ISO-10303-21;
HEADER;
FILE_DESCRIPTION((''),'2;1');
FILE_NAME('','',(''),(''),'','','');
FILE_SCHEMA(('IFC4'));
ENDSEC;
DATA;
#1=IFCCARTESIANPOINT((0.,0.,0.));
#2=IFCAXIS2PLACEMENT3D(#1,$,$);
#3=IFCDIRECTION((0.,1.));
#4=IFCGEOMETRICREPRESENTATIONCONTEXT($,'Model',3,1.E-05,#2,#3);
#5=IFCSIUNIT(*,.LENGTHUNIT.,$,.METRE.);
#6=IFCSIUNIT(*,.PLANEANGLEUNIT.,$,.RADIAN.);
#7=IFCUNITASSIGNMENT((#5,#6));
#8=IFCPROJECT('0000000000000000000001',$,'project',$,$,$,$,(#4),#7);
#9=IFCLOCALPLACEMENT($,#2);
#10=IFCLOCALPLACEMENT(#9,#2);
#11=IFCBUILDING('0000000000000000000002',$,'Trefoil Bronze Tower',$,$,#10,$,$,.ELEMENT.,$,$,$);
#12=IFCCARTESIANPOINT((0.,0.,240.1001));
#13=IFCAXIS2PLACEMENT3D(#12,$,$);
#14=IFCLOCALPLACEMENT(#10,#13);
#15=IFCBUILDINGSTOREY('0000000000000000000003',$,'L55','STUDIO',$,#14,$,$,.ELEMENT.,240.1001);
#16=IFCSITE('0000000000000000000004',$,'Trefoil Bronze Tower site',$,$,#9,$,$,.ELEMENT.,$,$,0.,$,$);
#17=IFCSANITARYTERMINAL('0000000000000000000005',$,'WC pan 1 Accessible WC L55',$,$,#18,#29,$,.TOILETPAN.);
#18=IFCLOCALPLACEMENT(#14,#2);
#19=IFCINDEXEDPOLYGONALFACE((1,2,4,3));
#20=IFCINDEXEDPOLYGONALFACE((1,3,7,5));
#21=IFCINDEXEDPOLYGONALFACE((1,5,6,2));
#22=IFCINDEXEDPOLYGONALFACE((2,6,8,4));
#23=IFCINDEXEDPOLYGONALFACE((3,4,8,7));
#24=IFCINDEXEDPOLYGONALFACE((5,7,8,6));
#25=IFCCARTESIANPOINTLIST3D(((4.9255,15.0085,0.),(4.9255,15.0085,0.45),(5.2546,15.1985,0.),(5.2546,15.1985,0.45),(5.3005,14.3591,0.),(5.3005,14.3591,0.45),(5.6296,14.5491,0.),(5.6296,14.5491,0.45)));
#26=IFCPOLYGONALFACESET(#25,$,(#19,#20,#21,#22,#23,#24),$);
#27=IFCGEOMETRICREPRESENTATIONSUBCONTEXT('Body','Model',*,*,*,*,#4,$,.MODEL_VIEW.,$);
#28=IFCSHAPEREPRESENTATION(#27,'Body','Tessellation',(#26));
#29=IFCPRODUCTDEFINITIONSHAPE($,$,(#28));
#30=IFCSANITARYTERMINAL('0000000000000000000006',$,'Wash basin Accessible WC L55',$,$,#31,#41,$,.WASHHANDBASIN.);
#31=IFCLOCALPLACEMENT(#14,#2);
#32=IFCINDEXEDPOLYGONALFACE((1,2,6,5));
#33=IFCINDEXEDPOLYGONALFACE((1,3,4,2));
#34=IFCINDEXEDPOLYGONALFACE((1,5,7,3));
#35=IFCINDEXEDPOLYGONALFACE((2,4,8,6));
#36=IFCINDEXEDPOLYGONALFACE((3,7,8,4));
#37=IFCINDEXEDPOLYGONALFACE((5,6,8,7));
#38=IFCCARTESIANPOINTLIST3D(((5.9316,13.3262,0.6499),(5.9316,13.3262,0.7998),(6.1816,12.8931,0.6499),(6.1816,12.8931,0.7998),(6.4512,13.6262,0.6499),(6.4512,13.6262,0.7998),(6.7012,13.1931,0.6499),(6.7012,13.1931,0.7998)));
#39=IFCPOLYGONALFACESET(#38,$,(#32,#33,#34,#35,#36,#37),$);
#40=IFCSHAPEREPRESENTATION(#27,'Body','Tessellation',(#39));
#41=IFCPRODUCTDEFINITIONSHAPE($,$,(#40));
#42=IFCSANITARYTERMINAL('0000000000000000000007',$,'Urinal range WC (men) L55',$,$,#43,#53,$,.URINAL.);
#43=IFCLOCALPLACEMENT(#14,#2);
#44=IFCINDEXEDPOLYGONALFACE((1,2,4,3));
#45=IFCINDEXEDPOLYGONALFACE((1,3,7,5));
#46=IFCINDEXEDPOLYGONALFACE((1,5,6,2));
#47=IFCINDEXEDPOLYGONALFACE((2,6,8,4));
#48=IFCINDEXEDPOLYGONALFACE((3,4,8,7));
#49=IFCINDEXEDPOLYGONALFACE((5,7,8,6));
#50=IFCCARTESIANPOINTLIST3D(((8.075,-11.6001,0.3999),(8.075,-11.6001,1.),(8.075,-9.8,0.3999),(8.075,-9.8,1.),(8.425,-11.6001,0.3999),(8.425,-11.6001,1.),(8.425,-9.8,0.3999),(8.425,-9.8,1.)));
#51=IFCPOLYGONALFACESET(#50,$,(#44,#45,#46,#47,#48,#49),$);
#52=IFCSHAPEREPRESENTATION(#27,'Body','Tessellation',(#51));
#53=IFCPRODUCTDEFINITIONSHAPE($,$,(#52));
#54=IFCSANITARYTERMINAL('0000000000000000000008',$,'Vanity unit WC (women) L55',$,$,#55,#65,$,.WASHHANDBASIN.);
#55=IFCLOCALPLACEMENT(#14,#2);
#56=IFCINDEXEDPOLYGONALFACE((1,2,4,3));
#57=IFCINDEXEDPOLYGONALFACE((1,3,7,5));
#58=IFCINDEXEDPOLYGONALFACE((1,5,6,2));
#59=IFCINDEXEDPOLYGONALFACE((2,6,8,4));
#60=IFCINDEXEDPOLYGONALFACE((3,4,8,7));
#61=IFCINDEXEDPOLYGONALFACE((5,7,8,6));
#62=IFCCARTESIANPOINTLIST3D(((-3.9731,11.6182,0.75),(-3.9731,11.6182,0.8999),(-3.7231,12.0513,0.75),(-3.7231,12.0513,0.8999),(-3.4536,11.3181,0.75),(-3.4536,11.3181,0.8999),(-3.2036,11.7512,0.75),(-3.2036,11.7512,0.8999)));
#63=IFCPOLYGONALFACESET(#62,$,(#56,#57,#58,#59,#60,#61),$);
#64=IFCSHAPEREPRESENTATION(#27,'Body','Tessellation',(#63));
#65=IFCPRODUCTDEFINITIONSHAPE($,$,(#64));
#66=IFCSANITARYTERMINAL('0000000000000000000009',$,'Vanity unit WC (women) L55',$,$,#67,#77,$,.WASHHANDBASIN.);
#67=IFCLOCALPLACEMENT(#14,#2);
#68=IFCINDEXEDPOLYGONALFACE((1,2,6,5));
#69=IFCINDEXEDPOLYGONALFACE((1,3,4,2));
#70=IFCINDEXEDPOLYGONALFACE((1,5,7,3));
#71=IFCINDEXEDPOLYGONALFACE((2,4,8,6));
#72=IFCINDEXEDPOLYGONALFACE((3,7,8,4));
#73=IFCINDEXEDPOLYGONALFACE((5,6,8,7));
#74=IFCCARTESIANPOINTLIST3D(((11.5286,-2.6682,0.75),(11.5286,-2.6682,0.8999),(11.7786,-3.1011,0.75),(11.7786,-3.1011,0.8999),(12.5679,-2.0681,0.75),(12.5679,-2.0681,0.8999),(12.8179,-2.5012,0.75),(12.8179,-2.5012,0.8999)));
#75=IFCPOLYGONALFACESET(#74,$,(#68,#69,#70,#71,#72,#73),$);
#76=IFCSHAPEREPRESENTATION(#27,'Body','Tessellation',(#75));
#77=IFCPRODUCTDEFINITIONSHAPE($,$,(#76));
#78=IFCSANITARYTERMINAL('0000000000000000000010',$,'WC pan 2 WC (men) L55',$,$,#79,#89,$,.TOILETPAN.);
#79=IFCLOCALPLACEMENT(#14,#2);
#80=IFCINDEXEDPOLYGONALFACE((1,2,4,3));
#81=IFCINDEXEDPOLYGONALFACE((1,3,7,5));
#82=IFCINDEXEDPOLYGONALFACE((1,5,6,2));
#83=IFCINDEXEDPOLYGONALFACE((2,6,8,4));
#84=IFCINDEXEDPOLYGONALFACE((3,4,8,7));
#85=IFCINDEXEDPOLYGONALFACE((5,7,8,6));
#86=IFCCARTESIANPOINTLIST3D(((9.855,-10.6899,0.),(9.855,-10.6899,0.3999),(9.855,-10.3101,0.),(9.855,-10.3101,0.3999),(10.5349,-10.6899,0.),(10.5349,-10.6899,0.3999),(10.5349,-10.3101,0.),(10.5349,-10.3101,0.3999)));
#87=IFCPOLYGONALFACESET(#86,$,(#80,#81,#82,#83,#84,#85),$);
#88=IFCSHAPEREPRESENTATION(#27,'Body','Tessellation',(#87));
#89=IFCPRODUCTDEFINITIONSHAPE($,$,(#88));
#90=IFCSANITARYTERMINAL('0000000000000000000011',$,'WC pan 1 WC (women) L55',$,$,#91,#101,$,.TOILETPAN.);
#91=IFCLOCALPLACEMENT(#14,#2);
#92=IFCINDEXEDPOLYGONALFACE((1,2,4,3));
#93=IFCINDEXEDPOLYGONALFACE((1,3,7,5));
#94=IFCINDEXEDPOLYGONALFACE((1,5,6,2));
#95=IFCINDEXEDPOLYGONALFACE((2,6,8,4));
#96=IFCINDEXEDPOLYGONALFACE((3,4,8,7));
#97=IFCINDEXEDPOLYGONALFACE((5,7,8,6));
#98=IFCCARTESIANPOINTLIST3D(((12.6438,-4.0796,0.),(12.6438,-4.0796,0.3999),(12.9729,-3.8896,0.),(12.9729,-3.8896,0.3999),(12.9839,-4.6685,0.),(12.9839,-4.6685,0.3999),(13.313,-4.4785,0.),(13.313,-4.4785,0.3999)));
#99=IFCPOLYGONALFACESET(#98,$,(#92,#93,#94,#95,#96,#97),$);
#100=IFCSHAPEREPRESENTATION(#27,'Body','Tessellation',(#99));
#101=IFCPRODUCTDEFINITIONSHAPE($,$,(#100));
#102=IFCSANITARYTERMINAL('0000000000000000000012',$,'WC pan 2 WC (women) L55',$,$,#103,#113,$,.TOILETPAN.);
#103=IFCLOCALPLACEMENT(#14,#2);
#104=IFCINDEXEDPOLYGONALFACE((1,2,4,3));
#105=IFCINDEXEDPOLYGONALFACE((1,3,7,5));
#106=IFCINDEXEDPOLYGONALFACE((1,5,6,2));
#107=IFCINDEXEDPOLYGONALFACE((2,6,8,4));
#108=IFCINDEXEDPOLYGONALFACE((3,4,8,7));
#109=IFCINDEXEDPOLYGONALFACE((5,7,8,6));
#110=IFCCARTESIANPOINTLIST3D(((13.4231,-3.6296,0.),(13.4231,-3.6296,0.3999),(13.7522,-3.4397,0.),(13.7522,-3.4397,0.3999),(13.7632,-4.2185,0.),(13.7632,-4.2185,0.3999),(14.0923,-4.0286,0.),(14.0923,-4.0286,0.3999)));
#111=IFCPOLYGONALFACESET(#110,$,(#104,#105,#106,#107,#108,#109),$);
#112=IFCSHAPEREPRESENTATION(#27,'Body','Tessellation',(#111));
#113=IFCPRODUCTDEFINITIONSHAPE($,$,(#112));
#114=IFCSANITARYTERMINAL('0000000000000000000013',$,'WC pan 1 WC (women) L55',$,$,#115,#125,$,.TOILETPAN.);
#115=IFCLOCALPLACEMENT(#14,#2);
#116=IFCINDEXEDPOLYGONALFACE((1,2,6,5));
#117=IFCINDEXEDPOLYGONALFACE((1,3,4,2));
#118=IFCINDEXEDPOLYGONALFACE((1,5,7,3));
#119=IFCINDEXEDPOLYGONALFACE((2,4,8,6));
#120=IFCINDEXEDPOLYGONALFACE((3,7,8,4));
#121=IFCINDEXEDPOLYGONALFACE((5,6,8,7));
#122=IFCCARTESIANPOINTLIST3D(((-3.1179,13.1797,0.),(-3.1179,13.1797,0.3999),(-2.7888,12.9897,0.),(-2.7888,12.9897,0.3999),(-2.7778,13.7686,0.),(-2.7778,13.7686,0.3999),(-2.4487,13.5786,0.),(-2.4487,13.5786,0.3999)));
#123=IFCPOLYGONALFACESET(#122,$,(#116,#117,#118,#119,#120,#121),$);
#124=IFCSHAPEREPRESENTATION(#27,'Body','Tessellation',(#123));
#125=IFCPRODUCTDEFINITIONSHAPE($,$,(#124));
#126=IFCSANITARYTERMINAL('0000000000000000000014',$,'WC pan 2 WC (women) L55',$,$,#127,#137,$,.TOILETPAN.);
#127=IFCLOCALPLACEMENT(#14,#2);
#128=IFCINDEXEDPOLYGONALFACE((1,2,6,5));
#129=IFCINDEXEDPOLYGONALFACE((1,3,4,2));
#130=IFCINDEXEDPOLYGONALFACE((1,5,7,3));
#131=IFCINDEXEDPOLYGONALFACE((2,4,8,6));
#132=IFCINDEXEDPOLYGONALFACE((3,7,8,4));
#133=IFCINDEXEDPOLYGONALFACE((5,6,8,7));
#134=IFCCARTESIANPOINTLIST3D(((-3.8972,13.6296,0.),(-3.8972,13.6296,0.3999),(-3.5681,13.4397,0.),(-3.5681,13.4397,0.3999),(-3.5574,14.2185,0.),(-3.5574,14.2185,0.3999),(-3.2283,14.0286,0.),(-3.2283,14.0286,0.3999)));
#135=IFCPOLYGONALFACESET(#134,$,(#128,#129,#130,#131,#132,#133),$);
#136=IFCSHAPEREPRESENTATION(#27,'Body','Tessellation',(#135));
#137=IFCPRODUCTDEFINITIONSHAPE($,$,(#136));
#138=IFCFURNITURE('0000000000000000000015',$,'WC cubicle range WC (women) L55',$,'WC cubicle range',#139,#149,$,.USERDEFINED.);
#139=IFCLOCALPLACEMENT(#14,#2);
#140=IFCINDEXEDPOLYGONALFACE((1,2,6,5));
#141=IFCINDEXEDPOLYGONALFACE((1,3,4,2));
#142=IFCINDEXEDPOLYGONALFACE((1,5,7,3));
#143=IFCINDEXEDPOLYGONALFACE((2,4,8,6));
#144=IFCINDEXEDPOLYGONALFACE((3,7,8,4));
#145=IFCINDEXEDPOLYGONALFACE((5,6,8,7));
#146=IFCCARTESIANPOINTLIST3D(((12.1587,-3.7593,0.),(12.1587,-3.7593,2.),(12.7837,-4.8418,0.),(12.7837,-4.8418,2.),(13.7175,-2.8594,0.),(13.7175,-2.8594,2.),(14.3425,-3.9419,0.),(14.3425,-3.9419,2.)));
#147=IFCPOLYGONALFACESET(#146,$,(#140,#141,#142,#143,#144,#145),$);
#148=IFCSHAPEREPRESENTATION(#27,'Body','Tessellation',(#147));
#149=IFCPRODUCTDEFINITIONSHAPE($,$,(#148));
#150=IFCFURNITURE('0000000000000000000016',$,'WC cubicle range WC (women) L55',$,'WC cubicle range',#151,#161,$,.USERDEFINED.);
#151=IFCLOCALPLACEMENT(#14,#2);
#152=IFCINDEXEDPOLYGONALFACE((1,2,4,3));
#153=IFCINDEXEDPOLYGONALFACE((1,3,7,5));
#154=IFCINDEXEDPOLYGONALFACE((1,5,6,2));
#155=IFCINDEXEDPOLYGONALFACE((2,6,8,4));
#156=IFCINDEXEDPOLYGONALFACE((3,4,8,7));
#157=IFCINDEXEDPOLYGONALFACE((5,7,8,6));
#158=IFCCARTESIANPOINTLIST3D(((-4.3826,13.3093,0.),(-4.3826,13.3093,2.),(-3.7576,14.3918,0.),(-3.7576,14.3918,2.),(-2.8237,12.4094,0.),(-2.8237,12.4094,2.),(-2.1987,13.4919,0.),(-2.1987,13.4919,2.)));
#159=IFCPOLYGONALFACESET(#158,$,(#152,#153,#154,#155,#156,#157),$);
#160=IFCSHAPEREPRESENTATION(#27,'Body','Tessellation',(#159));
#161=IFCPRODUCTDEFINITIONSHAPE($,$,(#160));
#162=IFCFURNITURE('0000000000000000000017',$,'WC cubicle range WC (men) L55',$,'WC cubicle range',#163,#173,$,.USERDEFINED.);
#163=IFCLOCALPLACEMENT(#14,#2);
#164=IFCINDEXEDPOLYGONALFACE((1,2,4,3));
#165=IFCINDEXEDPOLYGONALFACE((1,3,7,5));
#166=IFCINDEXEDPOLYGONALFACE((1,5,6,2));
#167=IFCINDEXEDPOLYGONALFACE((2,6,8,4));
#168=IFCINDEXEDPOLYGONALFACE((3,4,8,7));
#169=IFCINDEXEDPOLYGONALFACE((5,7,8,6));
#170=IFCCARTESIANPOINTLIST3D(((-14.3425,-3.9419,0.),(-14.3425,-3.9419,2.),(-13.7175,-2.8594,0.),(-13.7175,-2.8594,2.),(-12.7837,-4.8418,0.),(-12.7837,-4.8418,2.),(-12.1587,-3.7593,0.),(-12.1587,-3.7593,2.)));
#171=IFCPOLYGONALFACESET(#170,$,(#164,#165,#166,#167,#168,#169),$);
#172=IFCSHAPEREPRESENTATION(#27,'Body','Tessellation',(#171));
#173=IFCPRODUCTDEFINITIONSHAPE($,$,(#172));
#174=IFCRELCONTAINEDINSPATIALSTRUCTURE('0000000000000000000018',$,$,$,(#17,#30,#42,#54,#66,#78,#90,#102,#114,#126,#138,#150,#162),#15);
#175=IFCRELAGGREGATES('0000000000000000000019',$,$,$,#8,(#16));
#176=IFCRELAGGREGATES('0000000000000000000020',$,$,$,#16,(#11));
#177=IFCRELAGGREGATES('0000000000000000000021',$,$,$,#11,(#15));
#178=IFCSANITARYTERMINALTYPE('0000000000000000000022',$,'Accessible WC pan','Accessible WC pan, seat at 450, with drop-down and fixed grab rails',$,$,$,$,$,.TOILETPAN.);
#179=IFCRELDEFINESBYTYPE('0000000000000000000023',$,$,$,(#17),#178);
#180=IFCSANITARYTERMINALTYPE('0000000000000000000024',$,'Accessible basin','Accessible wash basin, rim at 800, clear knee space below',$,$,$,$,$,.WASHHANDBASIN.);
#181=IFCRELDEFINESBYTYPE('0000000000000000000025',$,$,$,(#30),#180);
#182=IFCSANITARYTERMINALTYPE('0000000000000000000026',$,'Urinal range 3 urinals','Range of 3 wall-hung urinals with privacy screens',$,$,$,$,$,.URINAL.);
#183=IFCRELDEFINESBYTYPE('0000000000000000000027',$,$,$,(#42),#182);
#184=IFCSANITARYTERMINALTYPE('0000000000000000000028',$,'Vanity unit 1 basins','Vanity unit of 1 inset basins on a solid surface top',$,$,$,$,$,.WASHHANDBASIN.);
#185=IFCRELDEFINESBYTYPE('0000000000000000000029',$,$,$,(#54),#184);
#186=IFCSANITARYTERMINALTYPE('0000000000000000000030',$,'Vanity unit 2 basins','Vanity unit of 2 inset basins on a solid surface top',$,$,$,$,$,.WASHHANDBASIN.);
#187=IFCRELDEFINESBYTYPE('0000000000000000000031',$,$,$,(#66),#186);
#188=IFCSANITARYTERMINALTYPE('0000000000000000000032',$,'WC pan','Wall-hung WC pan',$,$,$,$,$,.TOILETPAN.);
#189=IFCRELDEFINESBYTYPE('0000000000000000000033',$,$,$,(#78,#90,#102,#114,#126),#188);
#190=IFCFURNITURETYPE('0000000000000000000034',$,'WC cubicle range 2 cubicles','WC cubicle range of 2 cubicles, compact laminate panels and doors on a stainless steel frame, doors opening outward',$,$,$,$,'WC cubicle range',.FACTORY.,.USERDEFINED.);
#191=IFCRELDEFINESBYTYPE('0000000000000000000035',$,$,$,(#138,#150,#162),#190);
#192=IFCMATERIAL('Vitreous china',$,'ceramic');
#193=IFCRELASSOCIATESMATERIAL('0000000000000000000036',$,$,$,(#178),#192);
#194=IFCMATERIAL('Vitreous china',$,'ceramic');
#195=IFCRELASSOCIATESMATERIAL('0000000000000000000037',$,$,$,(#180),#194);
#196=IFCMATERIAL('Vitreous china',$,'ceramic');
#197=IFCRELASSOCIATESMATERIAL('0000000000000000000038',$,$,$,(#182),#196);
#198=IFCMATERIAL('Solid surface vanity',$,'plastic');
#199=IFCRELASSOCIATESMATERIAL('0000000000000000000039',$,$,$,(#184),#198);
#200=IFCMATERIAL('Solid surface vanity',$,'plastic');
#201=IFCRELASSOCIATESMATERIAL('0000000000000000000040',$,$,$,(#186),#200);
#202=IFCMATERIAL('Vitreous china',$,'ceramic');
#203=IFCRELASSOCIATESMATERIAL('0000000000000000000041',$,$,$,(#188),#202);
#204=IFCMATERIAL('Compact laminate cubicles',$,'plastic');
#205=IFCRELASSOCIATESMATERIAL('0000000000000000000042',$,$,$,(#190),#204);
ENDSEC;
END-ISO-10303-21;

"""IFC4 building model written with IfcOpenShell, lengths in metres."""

from ifc_helpers import new_model, si_unit, direction, frame, origin, place, context, subcontext, project, spatial, polyline, outline, extrude, material, type_object, element, save


model = new_model("IFC4")

# Units and contexts
model_context = context("Model", 3, precision=1e-05, world=origin(), true_north=direction((0.0, 1.0)))
body_context = subcontext(model_context, "Body", "Model", "MODEL_VIEW")
ifc_project = project(units=[si_unit("LENGTHUNIT", "METRE"), si_unit("PLANEANGLEUNIT", "RADIAN")], contexts=[model_context])

# Site, building, storey
site_placement = place(None, origin())
site = spatial("IfcSite", under=ifc_project, at=site_placement, Name="Trefoil Bronze Tower site", CompositionType="ELEMENT", RefElevation=0.0)
building_placement = place(site_placement, origin())
building = spatial("IfcBuilding", under=site, at=building_placement, Name="Trefoil Bronze Tower", CompositionType="ELEMENT")
storey_placement = place(building_placement, frame((0.0, 0.0, 240.1001)))
storey = spatial("IfcBuildingStorey", under=building, at=storey_placement, Name="L55", Description="STUDIO", CompositionType="ELEMENT", Elevation=240.1001)

# Sanitary terminals
ifc_material_1 = material(Name="Vitreous china", Category="ceramic")
sanitary_terminal_type_1 = type_object("IfcSanitaryTerminalType", Name="Accessible WC pan", Description="Accessible WC pan, seat at 450, with drop-down and fixed grab rails", PredefinedType="TOILETPAN", material=ifc_material_1)
sanitary_terminal_1_placement = place(storey_placement, origin())
element("IfcSanitaryTerminal", 1, at=sanitary_terminal_1_placement, inside=storey, type_object=sanitary_terminal_type_1, Name="WC pan 1 Accessible WC L55", PredefinedType="TOILETPAN", context=body_context, shape_type="SweptSolid", body=[
    extrude(outline(polyline([(5.3005, 14.3591), (4.9255, 15.0085), (5.2546, 15.1985), (5.6296, 14.5491), (5.3005, 14.3591)])), origin(), (0.0, 0.0, 1.0), 0.45),
])
ifc_material_2 = material(Name="Vitreous china", Category="ceramic")
sanitary_terminal_type_2 = type_object("IfcSanitaryTerminalType", Name="Accessible basin", Description="Accessible wash basin, rim at 800, clear knee space below", PredefinedType="WASHHANDBASIN", material=ifc_material_2)
sanitary_terminal_2_placement = place(storey_placement, frame((0.0, 0.0, 0.6499)))
element("IfcSanitaryTerminal", 2, at=sanitary_terminal_2_placement, inside=storey, type_object=sanitary_terminal_type_2, Name="Wash basin Accessible WC L55", PredefinedType="WASHHANDBASIN", context=body_context, shape_type="SweptSolid", body=[
    extrude(outline(polyline([(6.1816, 12.8931), (5.9316, 13.3262), (6.4512, 13.6262), (6.7012, 13.1931), (6.1816, 12.8931)])), origin(), (0.0, 0.0, 1.0), 0.1499),
])
ifc_material_3 = material(Name="Vitreous china", Category="ceramic")
sanitary_terminal_type_3 = type_object("IfcSanitaryTerminalType", Name="Urinal range 3 urinals", Description="Range of 3 wall-hung urinals with privacy screens", PredefinedType="URINAL", material=ifc_material_3)
sanitary_terminal_3_placement = place(storey_placement, frame((0.0, 0.0, 0.3999)))
element("IfcSanitaryTerminal", 3, at=sanitary_terminal_3_placement, inside=storey, type_object=sanitary_terminal_type_3, Name="Urinal range WC (men) L55", PredefinedType="URINAL", context=body_context, shape_type="SweptSolid", body=[
    extrude(outline(polyline([(8.075, -9.8), (8.425, -9.8), (8.425, -11.6001), (8.075, -11.6001), (8.075, -9.8)])), origin(), (0.0, 0.0, 1.0), 0.6001),
])
ifc_material_4 = material(Name="Solid surface vanity", Category="plastic")
sanitary_terminal_type_4 = type_object("IfcSanitaryTerminalType", Name="Vanity unit 1 basins", Description="Vanity unit of 1 inset basins on a solid surface top", PredefinedType="WASHHANDBASIN", material=ifc_material_4)
sanitary_terminal_4_placement = place(storey_placement, frame((0.0, 0.0, 0.75)))
element("IfcSanitaryTerminal", 4, at=sanitary_terminal_4_placement, inside=storey, type_object=sanitary_terminal_type_4, Name="Vanity unit WC (women) L55", PredefinedType="WASHHANDBASIN", context=body_context, shape_type="SweptSolid", body=[
    extrude(outline(polyline([(-3.4536, 11.3181), (-3.2036, 11.7512), (-3.7231, 12.0513), (-3.9731, 11.6182), (-3.4536, 11.3181)])), origin(), (0.0, 0.0, 1.0), 0.1499),
])
ifc_material_5 = material(Name="Solid surface vanity", Category="plastic")
sanitary_terminal_type_5 = type_object("IfcSanitaryTerminalType", Name="Vanity unit 2 basins", Description="Vanity unit of 2 inset basins on a solid surface top", PredefinedType="WASHHANDBASIN", material=ifc_material_5)
sanitary_terminal_5_placement = place(storey_placement, frame((0.0, 0.0, 0.75)))
element("IfcSanitaryTerminal", 5, at=sanitary_terminal_5_placement, inside=storey, type_object=sanitary_terminal_type_5, Name="Vanity unit WC (women) L55", PredefinedType="WASHHANDBASIN", context=body_context, shape_type="SweptSolid", body=[
    extrude(outline(polyline([(11.5286, -2.6682), (11.7786, -3.1011), (12.8179, -2.5012), (12.5679, -2.0681), (11.5286, -2.6682)])), origin(), (0.0, 0.0, 1.0), 0.1499),
])
ifc_material_6 = material(Name="Vitreous china", Category="ceramic")
sanitary_terminal_type_6 = type_object("IfcSanitaryTerminalType", Name="WC pan", Description="Wall-hung WC pan", PredefinedType="TOILETPAN", material=ifc_material_6)
sanitary_terminal_6_placement = place(storey_placement, origin())
element("IfcSanitaryTerminal", 6, at=sanitary_terminal_6_placement, inside=storey, type_object=sanitary_terminal_type_6, Name="WC pan 2 WC (men) L55", PredefinedType="TOILETPAN", context=body_context, shape_type="SweptSolid", body=[
    extrude(outline(polyline([(9.855, -10.3101), (10.5349, -10.3101), (10.5349, -10.6899), (9.855, -10.6899), (9.855, -10.3101)])), origin(), (0.0, 0.0, 1.0), 0.3999),
])
sanitary_terminal_7_placement = place(storey_placement, origin())
element("IfcSanitaryTerminal", 7, at=sanitary_terminal_7_placement, inside=storey, type_object=sanitary_terminal_type_6, Name="WC pan 1 WC (women) L55", PredefinedType="TOILETPAN", context=body_context, shape_type="SweptSolid", body=[
    extrude(outline(polyline([(12.6438, -4.0796), (12.9839, -4.6685), (13.313, -4.4785), (12.9729, -3.8896), (12.6438, -4.0796)])), origin(), (0.0, 0.0, 1.0), 0.3999),
])
sanitary_terminal_8_placement = place(storey_placement, origin())
element("IfcSanitaryTerminal", 8, at=sanitary_terminal_8_placement, inside=storey, type_object=sanitary_terminal_type_6, Name="WC pan 2 WC (women) L55", PredefinedType="TOILETPAN", context=body_context, shape_type="SweptSolid", body=[
    extrude(outline(polyline([(13.4231, -3.6296), (13.7632, -4.2185), (14.0923, -4.0286), (13.7522, -3.4397), (13.4231, -3.6296)])), origin(), (0.0, 0.0, 1.0), 0.3999),
])
sanitary_terminal_9_placement = place(storey_placement, origin())
element("IfcSanitaryTerminal", 9, at=sanitary_terminal_9_placement, inside=storey, type_object=sanitary_terminal_type_6, Name="WC pan 1 WC (women) L55", PredefinedType="TOILETPAN", context=body_context, shape_type="SweptSolid", body=[
    extrude(outline(polyline([(-2.7888, 12.9897), (-2.4487, 13.5786), (-2.7778, 13.7686), (-3.1179, 13.1797), (-2.7888, 12.9897)])), origin(), (0.0, 0.0, 1.0), 0.3999),
])
sanitary_terminal_10_placement = place(storey_placement, origin())
element("IfcSanitaryTerminal", 10, at=sanitary_terminal_10_placement, inside=storey, type_object=sanitary_terminal_type_6, Name="WC pan 2 WC (women) L55", PredefinedType="TOILETPAN", context=body_context, shape_type="SweptSolid", body=[
    extrude(outline(polyline([(-3.5681, 13.4397), (-3.2283, 14.0286), (-3.5574, 14.2185), (-3.8972, 13.6296), (-3.5681, 13.4397)])), origin(), (0.0, 0.0, 1.0), 0.3999),
])

# Furniture
ifc_material_7 = material(Name="Compact laminate cubicles", Category="plastic")
furniture_type = type_object("IfcFurnitureType", Name="WC cubicle range 2 cubicles", Description="WC cubicle range of 2 cubicles, compact laminate panels and doors on a stainless steel frame, doors opening outward", ElementType="WC cubicle range", AssemblyPlace="FACTORY", PredefinedType="USERDEFINED", material=ifc_material_7)
furniture_1_placement = place(storey_placement, origin())
element("IfcFurniture", 11, at=furniture_1_placement, inside=storey, type_object=furniture_type, Name="WC cubicle range WC (women) L55", ObjectType="WC cubicle range", PredefinedType="USERDEFINED", context=body_context, shape_type="SweptSolid", body=[
    extrude(outline(polyline([(12.1587, -3.7593), (12.7837, -4.8418), (14.3425, -3.9419), (13.7175, -2.8594), (12.1587, -3.7593)])), origin(), (0.0, 0.0, 1.0), 2.0),
])
furniture_2_placement = place(storey_placement, origin())
element("IfcFurniture", 12, at=furniture_2_placement, inside=storey, type_object=furniture_type, Name="WC cubicle range WC (women) L55", ObjectType="WC cubicle range", PredefinedType="USERDEFINED", context=body_context, shape_type="SweptSolid", body=[
    extrude(outline(polyline([(-2.8237, 12.4094), (-2.1987, 13.4919), (-3.7576, 14.3918), (-4.3826, 13.3093), (-2.8237, 12.4094)])), origin(), (0.0, 0.0, 1.0), 2.0),
])
furniture_3_placement = place(storey_placement, origin())
element("IfcFurniture", 13, at=furniture_3_placement, inside=storey, type_object=furniture_type, Name="WC cubicle range WC (men) L55", ObjectType="WC cubicle range", PredefinedType="USERDEFINED", context=body_context, shape_type="SweptSolid", body=[
    extrude(outline(polyline([(-12.1587, -3.7593), (-12.7837, -4.8418), (-14.3425, -3.9419), (-13.7175, -2.8594), (-12.1587, -3.7593)])), origin(), (0.0, 0.0, 1.0), 2.0),
])

save(model, "model.ifc")
